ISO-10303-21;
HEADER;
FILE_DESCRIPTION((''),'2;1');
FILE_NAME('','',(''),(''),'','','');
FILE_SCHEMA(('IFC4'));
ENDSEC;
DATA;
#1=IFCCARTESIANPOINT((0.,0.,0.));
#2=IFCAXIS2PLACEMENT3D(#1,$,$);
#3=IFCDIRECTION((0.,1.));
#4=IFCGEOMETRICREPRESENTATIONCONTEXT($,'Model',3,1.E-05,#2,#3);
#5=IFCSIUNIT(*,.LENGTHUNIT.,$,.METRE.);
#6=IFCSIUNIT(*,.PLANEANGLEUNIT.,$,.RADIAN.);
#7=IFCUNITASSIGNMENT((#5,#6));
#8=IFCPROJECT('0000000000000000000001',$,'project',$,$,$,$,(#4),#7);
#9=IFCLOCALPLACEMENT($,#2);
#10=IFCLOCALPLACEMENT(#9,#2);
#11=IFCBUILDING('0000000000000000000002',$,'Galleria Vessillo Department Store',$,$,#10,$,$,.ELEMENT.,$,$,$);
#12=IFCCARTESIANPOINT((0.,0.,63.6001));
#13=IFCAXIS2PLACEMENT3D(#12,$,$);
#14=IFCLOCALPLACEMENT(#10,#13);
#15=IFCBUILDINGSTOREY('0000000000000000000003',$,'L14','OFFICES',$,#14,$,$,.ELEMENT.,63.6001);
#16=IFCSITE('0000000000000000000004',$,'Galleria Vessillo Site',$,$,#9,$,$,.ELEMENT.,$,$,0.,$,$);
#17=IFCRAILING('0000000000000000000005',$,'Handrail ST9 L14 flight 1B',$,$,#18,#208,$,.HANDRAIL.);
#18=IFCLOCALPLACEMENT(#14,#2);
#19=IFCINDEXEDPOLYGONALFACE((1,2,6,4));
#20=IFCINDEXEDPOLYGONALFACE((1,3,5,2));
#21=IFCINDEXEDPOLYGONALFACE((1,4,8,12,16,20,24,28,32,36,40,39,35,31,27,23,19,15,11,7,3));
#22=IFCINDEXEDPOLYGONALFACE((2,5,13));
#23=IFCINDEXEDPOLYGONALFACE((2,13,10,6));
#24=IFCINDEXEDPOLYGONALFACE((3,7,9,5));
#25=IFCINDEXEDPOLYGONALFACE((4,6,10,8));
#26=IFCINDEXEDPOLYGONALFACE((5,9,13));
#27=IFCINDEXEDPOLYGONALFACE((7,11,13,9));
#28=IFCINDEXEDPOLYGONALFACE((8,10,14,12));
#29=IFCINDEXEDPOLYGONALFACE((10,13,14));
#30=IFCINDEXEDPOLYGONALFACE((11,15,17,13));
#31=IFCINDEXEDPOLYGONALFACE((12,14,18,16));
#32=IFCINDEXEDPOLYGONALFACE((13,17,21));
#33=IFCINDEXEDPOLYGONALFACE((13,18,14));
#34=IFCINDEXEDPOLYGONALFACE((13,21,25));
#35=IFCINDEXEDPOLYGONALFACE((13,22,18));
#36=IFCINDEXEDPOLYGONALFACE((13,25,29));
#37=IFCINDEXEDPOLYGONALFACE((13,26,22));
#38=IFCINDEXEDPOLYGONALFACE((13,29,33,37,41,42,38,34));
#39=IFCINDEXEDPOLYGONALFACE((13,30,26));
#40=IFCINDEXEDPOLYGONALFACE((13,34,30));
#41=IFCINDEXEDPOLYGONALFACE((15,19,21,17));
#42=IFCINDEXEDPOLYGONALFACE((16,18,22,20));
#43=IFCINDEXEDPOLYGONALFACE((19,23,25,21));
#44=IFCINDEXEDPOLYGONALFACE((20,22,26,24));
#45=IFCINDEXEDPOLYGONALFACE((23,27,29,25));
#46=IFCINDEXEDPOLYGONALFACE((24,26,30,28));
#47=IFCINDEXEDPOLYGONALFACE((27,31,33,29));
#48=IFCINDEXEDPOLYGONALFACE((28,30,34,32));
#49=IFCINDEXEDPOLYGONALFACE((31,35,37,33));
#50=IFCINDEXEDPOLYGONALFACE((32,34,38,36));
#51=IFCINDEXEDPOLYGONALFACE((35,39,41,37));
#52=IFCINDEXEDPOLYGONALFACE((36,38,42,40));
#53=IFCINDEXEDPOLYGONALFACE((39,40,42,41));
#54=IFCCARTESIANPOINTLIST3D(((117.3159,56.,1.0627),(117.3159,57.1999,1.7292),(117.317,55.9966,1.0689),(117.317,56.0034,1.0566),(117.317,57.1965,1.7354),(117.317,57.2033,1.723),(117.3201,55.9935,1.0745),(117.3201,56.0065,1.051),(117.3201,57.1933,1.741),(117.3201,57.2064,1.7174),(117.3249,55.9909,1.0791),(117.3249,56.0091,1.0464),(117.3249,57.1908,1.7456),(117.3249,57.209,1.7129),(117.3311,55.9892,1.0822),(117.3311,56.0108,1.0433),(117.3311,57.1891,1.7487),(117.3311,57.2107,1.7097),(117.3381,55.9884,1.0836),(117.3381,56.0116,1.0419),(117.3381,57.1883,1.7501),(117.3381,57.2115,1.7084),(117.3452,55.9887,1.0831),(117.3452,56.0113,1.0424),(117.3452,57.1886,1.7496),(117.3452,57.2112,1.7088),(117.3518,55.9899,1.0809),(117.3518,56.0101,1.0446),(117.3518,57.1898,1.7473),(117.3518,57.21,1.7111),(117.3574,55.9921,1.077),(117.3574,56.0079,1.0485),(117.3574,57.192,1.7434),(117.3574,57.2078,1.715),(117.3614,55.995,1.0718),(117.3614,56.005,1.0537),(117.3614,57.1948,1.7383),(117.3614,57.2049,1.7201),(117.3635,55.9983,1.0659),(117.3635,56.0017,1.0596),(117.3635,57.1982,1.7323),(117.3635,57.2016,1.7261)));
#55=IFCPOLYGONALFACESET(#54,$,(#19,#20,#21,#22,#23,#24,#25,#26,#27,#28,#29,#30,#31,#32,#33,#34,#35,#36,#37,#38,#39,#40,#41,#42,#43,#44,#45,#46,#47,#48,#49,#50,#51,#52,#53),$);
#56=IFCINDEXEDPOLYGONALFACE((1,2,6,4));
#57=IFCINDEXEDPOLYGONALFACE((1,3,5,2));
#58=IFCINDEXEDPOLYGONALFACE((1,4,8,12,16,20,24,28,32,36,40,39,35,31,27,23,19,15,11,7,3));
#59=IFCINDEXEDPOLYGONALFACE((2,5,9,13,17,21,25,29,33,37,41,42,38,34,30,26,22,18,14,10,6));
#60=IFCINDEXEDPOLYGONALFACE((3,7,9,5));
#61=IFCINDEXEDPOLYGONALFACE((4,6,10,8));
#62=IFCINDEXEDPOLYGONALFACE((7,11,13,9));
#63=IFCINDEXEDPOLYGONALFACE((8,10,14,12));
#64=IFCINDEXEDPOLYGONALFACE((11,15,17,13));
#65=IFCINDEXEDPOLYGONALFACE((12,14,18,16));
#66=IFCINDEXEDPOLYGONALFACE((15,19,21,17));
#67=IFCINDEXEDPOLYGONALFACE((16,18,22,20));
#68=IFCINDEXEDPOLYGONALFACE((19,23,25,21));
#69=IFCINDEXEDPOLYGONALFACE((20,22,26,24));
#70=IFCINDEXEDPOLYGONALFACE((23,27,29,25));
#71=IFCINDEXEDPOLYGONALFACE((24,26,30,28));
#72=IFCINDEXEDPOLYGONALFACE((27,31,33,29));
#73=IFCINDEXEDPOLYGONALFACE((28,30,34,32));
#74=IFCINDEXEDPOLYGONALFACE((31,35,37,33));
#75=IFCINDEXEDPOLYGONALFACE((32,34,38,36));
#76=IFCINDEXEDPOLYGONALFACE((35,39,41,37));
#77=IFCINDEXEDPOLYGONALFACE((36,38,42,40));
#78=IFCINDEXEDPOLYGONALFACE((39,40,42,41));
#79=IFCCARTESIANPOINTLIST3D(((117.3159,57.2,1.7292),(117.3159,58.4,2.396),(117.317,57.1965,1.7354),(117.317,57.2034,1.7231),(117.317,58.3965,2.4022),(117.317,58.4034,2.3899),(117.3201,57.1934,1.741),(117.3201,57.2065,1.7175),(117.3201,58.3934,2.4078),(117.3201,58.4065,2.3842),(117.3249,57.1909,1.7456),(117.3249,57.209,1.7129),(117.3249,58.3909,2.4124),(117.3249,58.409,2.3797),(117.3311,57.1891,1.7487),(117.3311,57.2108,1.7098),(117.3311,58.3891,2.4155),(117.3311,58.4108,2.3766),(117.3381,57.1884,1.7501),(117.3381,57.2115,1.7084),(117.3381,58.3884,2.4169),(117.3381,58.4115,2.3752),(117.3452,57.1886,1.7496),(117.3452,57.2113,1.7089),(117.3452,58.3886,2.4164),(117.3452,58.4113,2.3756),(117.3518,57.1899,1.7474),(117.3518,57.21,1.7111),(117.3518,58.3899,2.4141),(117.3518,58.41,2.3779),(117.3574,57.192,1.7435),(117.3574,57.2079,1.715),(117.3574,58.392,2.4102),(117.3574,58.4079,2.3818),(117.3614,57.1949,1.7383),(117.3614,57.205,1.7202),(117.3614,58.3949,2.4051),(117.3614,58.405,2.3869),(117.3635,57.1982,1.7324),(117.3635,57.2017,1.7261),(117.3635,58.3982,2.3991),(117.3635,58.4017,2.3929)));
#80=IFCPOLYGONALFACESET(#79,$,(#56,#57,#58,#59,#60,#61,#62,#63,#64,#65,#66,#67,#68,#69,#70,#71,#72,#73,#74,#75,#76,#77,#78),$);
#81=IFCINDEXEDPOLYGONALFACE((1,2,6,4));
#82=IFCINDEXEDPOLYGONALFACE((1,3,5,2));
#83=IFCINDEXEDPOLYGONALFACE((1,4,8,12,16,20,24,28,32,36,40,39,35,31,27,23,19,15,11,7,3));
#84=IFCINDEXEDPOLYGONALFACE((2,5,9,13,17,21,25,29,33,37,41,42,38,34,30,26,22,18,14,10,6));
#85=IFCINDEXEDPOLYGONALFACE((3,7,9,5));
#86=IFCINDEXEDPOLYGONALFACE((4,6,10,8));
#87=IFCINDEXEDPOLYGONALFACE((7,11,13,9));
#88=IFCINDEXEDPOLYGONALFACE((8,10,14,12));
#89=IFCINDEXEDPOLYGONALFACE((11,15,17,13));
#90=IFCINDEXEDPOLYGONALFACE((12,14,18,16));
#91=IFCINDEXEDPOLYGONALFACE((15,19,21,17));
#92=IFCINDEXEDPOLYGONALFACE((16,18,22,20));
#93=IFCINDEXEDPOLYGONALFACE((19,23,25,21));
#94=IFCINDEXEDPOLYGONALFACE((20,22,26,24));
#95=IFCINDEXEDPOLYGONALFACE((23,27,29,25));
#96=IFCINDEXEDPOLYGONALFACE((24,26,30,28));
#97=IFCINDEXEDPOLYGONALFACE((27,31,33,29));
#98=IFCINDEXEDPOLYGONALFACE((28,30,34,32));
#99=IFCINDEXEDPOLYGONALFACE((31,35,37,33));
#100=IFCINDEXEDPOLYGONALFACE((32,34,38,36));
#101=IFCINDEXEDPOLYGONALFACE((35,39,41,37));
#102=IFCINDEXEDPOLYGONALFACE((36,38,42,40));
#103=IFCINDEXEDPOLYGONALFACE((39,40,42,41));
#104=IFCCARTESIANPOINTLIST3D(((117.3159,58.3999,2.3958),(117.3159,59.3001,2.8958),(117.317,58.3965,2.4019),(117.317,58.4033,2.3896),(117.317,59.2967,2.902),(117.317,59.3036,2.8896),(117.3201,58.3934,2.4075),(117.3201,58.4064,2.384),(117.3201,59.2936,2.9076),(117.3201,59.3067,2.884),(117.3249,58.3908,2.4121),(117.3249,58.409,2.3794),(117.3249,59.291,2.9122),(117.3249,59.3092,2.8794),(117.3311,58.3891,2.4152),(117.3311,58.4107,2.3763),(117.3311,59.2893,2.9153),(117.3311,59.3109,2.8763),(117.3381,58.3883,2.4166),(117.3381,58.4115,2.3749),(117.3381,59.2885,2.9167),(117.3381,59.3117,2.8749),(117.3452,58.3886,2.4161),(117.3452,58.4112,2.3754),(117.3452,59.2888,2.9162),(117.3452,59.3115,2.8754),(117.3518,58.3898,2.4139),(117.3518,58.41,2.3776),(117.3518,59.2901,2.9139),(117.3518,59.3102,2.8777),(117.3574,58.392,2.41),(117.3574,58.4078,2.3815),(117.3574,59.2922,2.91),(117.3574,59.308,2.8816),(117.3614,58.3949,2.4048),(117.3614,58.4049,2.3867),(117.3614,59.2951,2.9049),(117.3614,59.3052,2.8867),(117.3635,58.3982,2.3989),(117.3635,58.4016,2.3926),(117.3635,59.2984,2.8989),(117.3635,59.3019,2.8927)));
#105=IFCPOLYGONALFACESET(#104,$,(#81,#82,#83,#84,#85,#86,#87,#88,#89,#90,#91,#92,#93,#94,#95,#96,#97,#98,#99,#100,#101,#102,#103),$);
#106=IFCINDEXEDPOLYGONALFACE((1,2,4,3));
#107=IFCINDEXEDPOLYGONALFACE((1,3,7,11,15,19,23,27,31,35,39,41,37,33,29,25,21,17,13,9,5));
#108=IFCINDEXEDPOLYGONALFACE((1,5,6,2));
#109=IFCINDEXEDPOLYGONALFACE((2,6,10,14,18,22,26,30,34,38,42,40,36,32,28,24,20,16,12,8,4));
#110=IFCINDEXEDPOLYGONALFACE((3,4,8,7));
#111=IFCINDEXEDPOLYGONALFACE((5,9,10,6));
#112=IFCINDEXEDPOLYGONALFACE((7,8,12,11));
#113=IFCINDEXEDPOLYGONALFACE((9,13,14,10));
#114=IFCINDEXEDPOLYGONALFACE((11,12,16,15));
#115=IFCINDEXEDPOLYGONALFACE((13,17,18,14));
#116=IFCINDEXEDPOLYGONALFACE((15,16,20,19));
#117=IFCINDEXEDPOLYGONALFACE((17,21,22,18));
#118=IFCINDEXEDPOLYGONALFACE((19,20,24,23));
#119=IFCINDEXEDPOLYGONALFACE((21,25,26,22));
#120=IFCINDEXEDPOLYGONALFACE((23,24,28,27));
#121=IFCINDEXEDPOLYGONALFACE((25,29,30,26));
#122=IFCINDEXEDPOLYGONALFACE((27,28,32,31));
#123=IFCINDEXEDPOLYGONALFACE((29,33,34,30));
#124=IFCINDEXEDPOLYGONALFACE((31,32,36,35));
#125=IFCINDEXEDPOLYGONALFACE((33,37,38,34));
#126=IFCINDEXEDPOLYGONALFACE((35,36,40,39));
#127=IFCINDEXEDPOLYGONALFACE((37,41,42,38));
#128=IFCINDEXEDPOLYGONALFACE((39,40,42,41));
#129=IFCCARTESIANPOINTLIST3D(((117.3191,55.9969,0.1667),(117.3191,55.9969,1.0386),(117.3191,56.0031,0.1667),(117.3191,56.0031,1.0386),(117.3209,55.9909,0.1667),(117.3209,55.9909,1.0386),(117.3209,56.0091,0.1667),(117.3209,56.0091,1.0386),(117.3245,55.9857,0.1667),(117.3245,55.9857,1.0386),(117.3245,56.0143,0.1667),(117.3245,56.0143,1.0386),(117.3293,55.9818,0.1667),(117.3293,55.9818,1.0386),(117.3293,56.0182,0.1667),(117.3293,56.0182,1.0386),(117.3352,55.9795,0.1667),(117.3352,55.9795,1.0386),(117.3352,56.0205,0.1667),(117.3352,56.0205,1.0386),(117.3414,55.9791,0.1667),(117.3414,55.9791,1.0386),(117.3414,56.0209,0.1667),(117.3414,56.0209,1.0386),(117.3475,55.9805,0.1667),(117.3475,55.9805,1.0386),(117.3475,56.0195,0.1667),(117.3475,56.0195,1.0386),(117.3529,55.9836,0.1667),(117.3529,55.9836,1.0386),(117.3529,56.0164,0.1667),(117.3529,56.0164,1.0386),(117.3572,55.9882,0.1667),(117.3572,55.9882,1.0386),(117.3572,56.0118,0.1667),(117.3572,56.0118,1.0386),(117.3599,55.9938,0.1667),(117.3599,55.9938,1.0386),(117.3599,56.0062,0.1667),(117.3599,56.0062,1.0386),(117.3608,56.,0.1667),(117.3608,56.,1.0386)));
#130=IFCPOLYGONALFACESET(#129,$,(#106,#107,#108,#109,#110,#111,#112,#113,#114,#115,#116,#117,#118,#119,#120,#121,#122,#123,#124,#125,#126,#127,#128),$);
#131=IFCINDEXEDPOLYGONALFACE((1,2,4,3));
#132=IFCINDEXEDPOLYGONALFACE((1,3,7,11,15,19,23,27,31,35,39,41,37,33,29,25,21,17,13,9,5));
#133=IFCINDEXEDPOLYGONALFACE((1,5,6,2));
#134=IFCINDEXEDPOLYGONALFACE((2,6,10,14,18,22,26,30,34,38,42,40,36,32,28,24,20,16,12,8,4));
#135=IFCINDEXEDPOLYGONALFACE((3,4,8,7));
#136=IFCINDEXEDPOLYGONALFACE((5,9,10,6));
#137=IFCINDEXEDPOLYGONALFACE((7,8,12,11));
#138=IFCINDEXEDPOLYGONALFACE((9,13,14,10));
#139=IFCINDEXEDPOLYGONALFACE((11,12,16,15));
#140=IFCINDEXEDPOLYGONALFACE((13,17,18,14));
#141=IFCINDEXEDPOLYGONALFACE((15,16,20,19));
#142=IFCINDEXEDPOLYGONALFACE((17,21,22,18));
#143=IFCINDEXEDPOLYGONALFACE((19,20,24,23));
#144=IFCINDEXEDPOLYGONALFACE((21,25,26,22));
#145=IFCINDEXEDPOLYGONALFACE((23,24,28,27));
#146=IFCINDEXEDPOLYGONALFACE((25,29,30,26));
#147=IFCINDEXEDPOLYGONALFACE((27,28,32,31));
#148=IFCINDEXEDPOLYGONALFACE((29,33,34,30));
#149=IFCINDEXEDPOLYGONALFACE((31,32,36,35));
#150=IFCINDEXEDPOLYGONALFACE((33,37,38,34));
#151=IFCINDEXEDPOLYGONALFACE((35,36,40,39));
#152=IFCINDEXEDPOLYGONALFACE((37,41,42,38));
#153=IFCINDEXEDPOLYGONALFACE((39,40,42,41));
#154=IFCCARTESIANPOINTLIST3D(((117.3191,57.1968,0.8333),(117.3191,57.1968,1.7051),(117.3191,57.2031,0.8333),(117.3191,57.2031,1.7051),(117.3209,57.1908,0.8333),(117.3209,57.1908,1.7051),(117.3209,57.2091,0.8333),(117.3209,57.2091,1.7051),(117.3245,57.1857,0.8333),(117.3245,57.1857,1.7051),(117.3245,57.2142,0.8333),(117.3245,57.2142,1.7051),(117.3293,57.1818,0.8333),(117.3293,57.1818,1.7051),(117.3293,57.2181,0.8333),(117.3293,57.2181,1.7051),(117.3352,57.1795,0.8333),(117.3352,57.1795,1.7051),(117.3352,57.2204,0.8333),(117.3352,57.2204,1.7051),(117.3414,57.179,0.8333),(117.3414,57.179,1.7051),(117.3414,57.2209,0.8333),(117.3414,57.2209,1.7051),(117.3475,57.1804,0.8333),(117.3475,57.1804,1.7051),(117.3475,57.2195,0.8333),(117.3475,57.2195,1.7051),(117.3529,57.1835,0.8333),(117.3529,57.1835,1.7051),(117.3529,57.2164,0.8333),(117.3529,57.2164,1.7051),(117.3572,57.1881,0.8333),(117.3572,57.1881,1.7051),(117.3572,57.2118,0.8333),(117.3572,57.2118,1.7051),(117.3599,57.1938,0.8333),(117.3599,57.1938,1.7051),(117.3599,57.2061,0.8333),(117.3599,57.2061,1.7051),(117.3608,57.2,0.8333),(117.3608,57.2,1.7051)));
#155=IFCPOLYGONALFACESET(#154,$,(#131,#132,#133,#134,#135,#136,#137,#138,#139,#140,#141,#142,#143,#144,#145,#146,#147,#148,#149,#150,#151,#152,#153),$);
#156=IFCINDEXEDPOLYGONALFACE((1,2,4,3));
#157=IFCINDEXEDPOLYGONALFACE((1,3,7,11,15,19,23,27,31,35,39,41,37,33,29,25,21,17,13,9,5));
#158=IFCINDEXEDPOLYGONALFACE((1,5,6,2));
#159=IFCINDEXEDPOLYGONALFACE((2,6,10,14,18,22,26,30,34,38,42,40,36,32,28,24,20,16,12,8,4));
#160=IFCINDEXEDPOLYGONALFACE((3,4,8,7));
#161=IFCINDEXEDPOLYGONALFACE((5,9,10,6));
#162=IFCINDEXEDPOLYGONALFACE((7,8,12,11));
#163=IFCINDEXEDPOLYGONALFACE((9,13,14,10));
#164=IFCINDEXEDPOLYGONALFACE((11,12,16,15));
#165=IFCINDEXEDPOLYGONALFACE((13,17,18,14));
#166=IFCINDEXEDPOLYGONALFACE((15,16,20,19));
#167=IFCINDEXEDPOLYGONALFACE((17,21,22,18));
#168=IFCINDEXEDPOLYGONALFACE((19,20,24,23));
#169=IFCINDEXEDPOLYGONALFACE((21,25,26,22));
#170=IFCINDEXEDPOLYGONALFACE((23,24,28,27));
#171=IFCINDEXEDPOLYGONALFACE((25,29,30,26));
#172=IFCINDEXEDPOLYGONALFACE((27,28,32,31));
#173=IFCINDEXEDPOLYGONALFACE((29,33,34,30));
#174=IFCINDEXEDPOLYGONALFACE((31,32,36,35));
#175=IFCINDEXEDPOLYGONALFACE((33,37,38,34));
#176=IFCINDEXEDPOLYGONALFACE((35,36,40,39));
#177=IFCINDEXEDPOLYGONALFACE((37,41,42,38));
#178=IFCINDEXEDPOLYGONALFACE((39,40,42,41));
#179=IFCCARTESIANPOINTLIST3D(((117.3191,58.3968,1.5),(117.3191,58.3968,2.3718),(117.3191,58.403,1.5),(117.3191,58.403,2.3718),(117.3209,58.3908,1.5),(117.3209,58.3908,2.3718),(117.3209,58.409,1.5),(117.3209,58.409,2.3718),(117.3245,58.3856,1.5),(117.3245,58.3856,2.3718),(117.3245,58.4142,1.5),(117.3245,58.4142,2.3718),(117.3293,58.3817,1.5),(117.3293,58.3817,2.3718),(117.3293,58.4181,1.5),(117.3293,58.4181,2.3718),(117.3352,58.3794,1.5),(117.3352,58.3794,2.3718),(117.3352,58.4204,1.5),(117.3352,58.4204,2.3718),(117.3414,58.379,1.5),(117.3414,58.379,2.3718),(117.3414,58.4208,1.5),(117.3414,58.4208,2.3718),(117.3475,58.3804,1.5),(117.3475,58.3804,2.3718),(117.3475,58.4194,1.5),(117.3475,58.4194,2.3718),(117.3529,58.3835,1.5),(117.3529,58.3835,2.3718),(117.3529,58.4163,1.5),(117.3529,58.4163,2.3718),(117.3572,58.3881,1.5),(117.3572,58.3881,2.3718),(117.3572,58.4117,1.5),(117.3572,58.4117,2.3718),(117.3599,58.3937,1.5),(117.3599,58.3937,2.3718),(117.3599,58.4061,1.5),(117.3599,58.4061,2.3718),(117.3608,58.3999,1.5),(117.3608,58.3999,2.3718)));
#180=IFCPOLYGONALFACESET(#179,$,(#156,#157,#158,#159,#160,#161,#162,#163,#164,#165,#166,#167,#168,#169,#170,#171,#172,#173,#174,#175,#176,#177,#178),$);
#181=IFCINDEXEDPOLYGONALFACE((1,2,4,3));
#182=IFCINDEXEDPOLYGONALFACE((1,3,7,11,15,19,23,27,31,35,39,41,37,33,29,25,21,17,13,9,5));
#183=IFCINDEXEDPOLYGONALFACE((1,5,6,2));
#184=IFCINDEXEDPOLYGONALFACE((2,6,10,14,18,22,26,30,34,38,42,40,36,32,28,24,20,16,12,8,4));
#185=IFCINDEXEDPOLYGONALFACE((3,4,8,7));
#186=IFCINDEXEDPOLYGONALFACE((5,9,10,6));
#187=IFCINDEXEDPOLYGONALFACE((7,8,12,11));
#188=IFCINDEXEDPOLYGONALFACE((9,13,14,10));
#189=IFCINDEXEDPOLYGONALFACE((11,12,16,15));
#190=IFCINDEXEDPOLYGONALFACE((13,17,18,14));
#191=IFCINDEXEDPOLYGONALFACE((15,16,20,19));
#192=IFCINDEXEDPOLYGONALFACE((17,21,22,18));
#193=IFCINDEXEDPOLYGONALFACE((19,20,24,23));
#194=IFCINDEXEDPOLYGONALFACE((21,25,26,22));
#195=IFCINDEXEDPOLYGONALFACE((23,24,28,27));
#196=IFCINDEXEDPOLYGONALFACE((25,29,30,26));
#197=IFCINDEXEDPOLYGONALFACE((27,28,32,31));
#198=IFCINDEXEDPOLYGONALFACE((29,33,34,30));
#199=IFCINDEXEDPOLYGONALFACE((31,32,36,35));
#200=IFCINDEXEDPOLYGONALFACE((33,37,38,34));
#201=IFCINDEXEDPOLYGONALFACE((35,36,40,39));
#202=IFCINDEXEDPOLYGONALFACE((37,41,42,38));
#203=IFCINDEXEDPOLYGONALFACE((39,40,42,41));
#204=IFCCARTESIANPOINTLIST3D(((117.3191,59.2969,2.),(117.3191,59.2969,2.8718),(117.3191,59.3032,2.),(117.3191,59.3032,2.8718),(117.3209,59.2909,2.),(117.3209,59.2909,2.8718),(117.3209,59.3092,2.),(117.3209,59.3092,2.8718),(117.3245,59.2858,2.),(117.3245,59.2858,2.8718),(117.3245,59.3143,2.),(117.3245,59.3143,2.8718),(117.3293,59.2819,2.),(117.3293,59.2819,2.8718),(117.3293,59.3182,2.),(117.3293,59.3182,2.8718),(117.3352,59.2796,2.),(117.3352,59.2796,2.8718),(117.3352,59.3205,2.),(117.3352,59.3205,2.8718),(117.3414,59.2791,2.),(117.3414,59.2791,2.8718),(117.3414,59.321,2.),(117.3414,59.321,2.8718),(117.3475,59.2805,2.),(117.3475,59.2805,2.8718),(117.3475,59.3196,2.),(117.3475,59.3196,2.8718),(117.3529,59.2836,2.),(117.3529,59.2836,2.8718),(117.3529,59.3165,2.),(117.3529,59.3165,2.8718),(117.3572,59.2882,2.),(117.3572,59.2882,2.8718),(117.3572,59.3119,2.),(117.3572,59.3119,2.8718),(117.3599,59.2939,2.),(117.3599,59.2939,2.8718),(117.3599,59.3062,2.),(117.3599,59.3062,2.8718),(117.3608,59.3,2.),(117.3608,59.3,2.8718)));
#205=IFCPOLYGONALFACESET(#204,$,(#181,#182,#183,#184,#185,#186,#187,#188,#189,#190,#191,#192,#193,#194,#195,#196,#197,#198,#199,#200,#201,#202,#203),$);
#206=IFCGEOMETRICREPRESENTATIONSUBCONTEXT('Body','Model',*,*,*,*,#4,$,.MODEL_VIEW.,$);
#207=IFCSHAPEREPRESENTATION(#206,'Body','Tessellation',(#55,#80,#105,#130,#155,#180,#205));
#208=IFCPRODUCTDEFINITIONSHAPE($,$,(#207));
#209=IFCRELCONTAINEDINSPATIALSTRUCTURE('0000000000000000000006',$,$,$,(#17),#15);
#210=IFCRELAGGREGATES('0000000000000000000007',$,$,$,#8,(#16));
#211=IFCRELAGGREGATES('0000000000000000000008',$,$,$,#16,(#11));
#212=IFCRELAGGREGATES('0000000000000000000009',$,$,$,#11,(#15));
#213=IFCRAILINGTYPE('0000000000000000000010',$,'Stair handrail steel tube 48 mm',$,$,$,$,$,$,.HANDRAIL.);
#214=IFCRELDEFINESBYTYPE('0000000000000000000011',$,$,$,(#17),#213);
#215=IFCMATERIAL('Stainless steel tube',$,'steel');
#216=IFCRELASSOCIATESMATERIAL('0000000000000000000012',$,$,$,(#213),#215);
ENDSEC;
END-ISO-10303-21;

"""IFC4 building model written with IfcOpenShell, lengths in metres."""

from ifc_helpers import new_model, si_unit, direction, frame, origin, origin_2d, place, context, subcontext, project, spatial, circle, extrude, material, type_object, element, save


model = new_model("IFC4")

# Units and contexts
model_context = context("Model", 3, precision=1e-05, world=origin(), true_north=direction((0.0, 1.0)))
body_context = subcontext(model_context, "Body", "Model", "MODEL_VIEW")
ifc_project = project(units=[si_unit("LENGTHUNIT", "METRE"), si_unit("PLANEANGLEUNIT", "RADIAN")], contexts=[model_context])

# Site, building, storey
site_placement = place(None, origin())
site = spatial("IfcSite", under=ifc_project, at=site_placement, Name="Galleria Vessillo Site", CompositionType="ELEMENT", RefElevation=0.0)
building_placement = place(site_placement, origin())
building = spatial("IfcBuilding", under=site, at=building_placement, Name="Galleria Vessillo Department Store", CompositionType="ELEMENT")
storey_placement = place(building_placement, frame((0.0, 0.0, 63.6001)))
storey = spatial("IfcBuildingStorey", under=building, at=storey_placement, Name="L14", Description="OFFICES", CompositionType="ELEMENT", Elevation=63.6001)

# Railing
ifc_material_1 = material(Name="Stainless steel tube", Category="steel")
railing_type = type_object("IfcRailingType", Name="Stair handrail steel tube 48 mm", PredefinedType="HANDRAIL", material=ifc_material_1)
for number, where, name in (
    (1, (117.3398, 56.0, 0.1667), "Handrail ST9 L14 flight 1B"),
):
    element("IfcRailing", number, at=place(storey_placement, frame(where)), inside=storey, type_object=railing_type, Name=name, PredefinedType="HANDRAIL", context=body_context, shape_type="SweptSolid", body=[
        extrude(circle(Radius=0.0239, at=origin_2d()), frame((0.0, 0.0, 0.896), z_axis=(0.0, 0.874199, 0.485567), x_axis=(-1.0, 0.0, 0.0)), (0.0, 0.0, 1.0), 1.3726),
        extrude(circle(Radius=0.0239, at=origin_2d()), frame((0.0, 1.2, 1.5625), z_axis=(0.0, 0.874124, 0.485703), x_axis=(-1.0, 0.0, 0.0)), (0.0, 0.0, 1.0), 1.3728),
        extrude(circle(Radius=0.0239, at=origin_2d()), frame((0.0, 2.3999, 2.229), z_axis=(0.0, 0.874191, 0.485583), x_axis=(-1.0, 0.0, 0.0)), (0.0, 0.0, 1.0), 1.0298),
        extrude(circle(Radius=0.021, at=origin_2d()), origin(), (0.0, 0.0, 1.0), 0.8718),
        extrude(circle(Radius=0.021, at=origin_2d()), frame((0.0, 1.2, 0.6665)), (0.0, 0.0, 1.0), 0.8718),
        extrude(circle(Radius=0.021, at=origin_2d()), frame((0.0, 2.3999, 1.3333)), (0.0, 0.0, 1.0), 0.8718),
        extrude(circle(Radius=0.021, at=origin_2d()), frame((0.0, 3.3, 1.8333)), (0.0, 0.0, 1.0), 0.8718),
    ])

save(model, "model.ifc")
